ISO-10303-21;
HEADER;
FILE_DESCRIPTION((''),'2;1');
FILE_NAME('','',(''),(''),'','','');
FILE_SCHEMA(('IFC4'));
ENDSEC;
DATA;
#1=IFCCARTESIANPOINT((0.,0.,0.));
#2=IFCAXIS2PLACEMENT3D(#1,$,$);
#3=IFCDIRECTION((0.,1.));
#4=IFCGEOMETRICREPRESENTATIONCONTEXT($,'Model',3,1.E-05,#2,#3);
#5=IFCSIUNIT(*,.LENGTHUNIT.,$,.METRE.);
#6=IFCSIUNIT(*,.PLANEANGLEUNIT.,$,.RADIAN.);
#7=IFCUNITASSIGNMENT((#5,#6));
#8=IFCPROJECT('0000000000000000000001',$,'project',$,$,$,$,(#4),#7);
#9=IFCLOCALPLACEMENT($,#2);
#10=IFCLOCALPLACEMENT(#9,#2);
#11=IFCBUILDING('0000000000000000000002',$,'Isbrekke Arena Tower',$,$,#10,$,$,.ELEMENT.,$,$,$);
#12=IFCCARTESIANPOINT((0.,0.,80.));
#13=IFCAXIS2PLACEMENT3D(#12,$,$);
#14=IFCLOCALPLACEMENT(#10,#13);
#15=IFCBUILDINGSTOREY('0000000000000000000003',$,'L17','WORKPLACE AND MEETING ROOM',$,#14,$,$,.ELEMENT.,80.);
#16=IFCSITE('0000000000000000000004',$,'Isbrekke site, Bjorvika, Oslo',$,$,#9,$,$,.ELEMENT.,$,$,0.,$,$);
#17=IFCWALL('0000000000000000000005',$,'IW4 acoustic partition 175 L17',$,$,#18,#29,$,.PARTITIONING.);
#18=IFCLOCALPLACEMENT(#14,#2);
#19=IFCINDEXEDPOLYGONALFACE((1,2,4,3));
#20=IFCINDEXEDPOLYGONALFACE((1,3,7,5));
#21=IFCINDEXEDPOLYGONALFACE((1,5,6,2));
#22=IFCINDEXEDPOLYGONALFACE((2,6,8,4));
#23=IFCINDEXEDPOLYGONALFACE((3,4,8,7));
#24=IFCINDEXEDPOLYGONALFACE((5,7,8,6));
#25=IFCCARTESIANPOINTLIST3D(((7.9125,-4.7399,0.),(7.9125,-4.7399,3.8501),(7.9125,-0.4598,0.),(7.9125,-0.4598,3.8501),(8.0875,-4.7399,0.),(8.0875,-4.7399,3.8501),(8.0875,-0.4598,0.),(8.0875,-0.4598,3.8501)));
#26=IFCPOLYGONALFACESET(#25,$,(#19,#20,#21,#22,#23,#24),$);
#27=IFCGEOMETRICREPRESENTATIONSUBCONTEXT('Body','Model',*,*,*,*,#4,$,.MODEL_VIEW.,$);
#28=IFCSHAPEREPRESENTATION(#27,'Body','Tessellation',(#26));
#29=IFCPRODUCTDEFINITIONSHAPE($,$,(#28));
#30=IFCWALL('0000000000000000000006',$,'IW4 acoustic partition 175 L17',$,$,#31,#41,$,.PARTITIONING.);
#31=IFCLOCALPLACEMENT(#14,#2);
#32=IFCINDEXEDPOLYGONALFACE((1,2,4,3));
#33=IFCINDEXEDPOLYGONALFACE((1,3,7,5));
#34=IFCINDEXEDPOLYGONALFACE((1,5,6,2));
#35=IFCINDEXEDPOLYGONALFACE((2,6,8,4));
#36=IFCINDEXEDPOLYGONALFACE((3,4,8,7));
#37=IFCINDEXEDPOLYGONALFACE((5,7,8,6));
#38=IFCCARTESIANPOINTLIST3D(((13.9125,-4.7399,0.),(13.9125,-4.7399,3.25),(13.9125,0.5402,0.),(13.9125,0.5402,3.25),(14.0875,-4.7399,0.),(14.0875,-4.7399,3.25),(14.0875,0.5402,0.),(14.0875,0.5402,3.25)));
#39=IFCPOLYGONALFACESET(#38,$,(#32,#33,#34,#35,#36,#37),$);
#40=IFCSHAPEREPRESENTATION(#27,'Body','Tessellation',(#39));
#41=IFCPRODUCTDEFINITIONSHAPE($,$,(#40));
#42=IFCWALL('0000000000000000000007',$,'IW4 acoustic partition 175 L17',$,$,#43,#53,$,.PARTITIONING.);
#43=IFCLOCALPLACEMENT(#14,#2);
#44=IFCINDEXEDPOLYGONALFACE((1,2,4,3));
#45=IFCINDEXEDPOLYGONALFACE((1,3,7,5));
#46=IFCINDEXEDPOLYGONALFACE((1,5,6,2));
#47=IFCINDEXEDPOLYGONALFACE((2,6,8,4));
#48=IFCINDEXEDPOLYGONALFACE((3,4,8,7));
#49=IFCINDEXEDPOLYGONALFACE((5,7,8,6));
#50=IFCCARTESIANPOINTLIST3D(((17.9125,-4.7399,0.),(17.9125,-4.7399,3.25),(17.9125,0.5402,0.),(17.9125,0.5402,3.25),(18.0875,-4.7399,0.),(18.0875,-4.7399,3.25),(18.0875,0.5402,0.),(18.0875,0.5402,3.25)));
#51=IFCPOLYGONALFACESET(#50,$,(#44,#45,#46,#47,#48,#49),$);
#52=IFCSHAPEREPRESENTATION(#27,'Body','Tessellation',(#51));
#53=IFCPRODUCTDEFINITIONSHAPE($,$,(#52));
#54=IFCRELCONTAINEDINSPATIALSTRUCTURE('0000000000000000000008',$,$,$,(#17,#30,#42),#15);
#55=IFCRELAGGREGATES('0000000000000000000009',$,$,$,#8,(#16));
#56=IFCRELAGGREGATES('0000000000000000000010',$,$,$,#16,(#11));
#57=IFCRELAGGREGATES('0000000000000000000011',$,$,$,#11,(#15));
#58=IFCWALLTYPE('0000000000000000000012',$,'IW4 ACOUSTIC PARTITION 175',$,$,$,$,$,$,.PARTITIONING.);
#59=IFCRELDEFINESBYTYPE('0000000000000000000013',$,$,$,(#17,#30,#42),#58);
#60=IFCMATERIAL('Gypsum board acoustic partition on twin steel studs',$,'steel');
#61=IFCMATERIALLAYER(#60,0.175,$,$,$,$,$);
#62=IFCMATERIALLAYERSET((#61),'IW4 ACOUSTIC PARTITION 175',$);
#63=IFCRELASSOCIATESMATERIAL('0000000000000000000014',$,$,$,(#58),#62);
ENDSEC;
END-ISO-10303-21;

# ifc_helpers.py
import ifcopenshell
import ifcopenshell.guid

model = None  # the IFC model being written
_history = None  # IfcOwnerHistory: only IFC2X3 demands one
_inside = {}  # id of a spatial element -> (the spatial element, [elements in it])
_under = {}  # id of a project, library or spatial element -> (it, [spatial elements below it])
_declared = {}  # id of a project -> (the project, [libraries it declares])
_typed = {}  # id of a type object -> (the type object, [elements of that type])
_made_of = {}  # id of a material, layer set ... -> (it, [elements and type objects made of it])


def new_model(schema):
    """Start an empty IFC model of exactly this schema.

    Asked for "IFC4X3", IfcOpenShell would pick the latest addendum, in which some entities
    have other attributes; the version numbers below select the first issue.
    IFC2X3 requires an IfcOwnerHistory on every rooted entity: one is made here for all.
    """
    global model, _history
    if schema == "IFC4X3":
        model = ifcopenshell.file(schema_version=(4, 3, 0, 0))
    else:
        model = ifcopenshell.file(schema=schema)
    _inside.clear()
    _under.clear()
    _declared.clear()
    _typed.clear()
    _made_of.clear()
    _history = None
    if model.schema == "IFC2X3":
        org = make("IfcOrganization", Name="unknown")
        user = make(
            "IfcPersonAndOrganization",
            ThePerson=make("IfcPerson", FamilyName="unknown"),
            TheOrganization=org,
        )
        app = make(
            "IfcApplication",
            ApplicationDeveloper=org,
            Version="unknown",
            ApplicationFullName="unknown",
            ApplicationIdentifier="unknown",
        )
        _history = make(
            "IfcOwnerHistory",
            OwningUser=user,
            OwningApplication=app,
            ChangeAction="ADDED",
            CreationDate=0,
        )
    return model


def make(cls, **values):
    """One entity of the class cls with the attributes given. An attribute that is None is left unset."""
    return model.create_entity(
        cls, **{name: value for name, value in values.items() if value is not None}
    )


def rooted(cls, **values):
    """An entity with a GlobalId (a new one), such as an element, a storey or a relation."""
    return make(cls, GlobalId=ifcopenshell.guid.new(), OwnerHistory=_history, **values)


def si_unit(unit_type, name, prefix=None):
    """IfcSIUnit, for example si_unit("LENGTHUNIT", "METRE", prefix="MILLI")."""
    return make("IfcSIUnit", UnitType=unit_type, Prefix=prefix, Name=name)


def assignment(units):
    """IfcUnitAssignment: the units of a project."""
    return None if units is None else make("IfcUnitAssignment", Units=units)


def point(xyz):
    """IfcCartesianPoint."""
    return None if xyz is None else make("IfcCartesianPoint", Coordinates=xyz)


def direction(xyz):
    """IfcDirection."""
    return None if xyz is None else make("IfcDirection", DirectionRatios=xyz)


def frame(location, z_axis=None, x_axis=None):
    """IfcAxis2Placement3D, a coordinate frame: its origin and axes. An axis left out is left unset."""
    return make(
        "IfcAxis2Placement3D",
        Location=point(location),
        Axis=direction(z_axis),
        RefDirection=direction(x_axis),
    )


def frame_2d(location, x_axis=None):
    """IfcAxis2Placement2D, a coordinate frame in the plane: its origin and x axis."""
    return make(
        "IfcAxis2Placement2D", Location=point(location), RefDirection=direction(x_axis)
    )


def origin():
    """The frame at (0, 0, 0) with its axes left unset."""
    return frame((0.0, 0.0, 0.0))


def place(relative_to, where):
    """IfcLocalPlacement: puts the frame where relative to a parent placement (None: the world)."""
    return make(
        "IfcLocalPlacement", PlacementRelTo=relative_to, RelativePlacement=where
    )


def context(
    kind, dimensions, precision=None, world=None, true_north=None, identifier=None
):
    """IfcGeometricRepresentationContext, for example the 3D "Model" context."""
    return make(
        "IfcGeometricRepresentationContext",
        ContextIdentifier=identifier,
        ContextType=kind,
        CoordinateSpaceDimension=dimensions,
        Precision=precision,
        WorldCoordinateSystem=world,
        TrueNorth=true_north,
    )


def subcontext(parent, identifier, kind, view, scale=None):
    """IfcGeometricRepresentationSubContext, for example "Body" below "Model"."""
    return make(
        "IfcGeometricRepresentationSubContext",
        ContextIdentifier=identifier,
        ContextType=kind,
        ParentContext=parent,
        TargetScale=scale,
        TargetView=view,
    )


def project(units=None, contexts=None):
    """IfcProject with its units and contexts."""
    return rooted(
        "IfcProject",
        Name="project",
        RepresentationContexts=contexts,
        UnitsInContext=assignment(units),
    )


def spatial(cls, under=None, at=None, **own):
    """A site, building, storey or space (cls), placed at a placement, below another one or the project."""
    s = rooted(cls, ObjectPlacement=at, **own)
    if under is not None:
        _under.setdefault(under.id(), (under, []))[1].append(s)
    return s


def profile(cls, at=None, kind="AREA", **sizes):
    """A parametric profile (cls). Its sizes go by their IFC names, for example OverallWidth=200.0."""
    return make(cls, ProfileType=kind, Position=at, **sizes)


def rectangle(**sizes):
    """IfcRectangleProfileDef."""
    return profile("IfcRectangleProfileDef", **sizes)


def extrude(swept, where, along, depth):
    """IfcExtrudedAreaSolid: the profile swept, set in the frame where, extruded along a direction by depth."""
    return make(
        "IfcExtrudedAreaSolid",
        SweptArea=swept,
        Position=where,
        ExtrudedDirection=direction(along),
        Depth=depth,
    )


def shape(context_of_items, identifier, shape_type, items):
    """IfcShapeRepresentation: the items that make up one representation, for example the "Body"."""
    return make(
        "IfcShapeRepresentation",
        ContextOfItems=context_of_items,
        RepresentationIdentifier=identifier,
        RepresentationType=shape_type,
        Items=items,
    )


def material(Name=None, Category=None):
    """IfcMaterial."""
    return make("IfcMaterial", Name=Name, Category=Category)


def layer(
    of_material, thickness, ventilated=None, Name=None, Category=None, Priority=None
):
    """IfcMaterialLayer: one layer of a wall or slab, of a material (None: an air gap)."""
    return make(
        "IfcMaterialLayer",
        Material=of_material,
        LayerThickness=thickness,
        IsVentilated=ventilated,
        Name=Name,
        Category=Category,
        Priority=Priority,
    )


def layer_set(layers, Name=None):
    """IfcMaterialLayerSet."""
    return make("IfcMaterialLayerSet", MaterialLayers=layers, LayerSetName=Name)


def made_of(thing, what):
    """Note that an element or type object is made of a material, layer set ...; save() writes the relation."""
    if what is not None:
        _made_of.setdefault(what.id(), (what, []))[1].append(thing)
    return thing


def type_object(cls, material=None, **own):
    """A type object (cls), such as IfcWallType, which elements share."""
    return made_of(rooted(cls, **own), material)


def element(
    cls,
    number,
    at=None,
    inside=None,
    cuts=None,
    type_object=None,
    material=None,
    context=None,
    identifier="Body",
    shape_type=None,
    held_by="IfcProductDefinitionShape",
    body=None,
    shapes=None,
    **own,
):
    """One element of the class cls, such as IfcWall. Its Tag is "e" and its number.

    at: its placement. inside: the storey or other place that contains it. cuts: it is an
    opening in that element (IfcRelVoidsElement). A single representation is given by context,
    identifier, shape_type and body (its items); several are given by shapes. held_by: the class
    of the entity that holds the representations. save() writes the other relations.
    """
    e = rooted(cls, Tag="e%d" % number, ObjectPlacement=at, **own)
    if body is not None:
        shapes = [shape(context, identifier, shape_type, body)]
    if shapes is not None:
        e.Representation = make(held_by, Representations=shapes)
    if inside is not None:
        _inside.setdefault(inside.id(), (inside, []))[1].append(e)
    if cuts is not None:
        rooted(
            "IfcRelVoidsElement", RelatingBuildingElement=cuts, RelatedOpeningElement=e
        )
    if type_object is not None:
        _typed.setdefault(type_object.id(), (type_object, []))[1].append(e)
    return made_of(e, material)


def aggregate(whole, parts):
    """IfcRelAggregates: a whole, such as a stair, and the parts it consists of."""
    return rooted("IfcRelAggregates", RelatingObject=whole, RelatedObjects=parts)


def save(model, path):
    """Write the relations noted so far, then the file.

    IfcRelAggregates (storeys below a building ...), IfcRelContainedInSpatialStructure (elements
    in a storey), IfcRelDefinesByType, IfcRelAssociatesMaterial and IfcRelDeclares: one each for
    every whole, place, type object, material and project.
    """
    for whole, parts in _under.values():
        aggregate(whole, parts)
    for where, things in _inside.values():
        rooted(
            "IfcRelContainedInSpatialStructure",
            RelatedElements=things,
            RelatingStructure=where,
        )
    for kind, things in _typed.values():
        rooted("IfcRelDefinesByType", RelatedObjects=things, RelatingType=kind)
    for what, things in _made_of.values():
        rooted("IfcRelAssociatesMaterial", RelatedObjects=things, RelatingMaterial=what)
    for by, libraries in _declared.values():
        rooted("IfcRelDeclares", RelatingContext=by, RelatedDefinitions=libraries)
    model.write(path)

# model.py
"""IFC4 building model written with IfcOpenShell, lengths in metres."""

from ifc_helpers import new_model, si_unit, direction, frame, frame_2d, origin, place, context, subcontext, project, spatial, rectangle, extrude, material, layer, layer_set, type_object, element, save


model = new_model("IFC4")

# Units and contexts
model_context = context("Model", 3, precision=1e-05, world=origin(), true_north=direction((0.0, 1.0)))
body_context = subcontext(model_context, "Body", "Model", "MODEL_VIEW")
ifc_project = project(units=[si_unit("LENGTHUNIT", "METRE"), si_unit("PLANEANGLEUNIT", "RADIAN")], contexts=[model_context])

# Site, building, storey
site_placement = place(None, origin())
site = spatial("IfcSite", under=ifc_project, at=site_placement, Name="Isbrekke site, Bjorvika, Oslo", CompositionType="ELEMENT", RefElevation=0.0)
building_placement = place(site_placement, origin())
building = spatial("IfcBuilding", under=site, at=building_placement, Name="Isbrekke Arena Tower", CompositionType="ELEMENT")
storey_placement = place(building_placement, frame((0.0, 0.0, 80.0)))
storey = spatial("IfcBuildingStorey", under=building, at=storey_placement, Name="L17", Description="WORKPLACE AND MEETING ROOM", CompositionType="ELEMENT", Elevation=80.0)

# Walls
ifc_material_1 = material(Name="Gypsum board acoustic partition on twin steel studs", Category="steel")
ifc_layer_1 = layer(ifc_material_1, 0.175)
ifc_layer_set_1 = layer_set([ifc_layer_1], Name="IW4 ACOUSTIC PARTITION 175")
wall_type_1 = type_object("IfcWallType", Name="IW4 ACOUSTIC PARTITION 175", PredefinedType="PARTITIONING", material=ifc_layer_set_1)
for number, where, z_axis, x_axis, name in (
    (1, (8.0, -4.74, 0.0), (0.0, 0.0, 1.0), (0.0, 1.0, 0.0), "IW4 acoustic partition 175 L17"),
):
    element("IfcWall", number, at=place(storey_placement, frame(where, z_axis=z_axis, x_axis=x_axis)), inside=storey, type_object=wall_type_1, Name=name, PredefinedType="PARTITIONING", context=body_context, shape_type="SweptSolid", body=[
        extrude(rectangle(XDim=4.28, YDim=0.175, at=frame_2d((2.1401, 0.0))), origin(), (0.0, 0.0, 1.0), 3.8501),
    ])
for number, where, z_axis, x_axis, name in (
    (2, (14.0, -4.74, 0.0), (0.0, 0.0, 1.0), (0.0, 1.0, 0.0), "IW4 acoustic partition 175 L17"),
    (3, (18.0, -4.74, 0.0), (0.0, 0.0, 1.0), (0.0, 1.0, 0.0), "IW4 acoustic partition 175 L17"),
):
    element("IfcWall", number, at=place(storey_placement, frame(where, z_axis=z_axis, x_axis=x_axis)), inside=storey, type_object=wall_type_1, Name=name, PredefinedType="PARTITIONING", context=body_context, shape_type="SweptSolid", body=[
        extrude(rectangle(XDim=5.28, YDim=0.175, at=frame_2d((2.6401, 0.0))), origin(), (0.0, 0.0, 1.0), 3.25),
    ])

save(model, "model.ifc")
